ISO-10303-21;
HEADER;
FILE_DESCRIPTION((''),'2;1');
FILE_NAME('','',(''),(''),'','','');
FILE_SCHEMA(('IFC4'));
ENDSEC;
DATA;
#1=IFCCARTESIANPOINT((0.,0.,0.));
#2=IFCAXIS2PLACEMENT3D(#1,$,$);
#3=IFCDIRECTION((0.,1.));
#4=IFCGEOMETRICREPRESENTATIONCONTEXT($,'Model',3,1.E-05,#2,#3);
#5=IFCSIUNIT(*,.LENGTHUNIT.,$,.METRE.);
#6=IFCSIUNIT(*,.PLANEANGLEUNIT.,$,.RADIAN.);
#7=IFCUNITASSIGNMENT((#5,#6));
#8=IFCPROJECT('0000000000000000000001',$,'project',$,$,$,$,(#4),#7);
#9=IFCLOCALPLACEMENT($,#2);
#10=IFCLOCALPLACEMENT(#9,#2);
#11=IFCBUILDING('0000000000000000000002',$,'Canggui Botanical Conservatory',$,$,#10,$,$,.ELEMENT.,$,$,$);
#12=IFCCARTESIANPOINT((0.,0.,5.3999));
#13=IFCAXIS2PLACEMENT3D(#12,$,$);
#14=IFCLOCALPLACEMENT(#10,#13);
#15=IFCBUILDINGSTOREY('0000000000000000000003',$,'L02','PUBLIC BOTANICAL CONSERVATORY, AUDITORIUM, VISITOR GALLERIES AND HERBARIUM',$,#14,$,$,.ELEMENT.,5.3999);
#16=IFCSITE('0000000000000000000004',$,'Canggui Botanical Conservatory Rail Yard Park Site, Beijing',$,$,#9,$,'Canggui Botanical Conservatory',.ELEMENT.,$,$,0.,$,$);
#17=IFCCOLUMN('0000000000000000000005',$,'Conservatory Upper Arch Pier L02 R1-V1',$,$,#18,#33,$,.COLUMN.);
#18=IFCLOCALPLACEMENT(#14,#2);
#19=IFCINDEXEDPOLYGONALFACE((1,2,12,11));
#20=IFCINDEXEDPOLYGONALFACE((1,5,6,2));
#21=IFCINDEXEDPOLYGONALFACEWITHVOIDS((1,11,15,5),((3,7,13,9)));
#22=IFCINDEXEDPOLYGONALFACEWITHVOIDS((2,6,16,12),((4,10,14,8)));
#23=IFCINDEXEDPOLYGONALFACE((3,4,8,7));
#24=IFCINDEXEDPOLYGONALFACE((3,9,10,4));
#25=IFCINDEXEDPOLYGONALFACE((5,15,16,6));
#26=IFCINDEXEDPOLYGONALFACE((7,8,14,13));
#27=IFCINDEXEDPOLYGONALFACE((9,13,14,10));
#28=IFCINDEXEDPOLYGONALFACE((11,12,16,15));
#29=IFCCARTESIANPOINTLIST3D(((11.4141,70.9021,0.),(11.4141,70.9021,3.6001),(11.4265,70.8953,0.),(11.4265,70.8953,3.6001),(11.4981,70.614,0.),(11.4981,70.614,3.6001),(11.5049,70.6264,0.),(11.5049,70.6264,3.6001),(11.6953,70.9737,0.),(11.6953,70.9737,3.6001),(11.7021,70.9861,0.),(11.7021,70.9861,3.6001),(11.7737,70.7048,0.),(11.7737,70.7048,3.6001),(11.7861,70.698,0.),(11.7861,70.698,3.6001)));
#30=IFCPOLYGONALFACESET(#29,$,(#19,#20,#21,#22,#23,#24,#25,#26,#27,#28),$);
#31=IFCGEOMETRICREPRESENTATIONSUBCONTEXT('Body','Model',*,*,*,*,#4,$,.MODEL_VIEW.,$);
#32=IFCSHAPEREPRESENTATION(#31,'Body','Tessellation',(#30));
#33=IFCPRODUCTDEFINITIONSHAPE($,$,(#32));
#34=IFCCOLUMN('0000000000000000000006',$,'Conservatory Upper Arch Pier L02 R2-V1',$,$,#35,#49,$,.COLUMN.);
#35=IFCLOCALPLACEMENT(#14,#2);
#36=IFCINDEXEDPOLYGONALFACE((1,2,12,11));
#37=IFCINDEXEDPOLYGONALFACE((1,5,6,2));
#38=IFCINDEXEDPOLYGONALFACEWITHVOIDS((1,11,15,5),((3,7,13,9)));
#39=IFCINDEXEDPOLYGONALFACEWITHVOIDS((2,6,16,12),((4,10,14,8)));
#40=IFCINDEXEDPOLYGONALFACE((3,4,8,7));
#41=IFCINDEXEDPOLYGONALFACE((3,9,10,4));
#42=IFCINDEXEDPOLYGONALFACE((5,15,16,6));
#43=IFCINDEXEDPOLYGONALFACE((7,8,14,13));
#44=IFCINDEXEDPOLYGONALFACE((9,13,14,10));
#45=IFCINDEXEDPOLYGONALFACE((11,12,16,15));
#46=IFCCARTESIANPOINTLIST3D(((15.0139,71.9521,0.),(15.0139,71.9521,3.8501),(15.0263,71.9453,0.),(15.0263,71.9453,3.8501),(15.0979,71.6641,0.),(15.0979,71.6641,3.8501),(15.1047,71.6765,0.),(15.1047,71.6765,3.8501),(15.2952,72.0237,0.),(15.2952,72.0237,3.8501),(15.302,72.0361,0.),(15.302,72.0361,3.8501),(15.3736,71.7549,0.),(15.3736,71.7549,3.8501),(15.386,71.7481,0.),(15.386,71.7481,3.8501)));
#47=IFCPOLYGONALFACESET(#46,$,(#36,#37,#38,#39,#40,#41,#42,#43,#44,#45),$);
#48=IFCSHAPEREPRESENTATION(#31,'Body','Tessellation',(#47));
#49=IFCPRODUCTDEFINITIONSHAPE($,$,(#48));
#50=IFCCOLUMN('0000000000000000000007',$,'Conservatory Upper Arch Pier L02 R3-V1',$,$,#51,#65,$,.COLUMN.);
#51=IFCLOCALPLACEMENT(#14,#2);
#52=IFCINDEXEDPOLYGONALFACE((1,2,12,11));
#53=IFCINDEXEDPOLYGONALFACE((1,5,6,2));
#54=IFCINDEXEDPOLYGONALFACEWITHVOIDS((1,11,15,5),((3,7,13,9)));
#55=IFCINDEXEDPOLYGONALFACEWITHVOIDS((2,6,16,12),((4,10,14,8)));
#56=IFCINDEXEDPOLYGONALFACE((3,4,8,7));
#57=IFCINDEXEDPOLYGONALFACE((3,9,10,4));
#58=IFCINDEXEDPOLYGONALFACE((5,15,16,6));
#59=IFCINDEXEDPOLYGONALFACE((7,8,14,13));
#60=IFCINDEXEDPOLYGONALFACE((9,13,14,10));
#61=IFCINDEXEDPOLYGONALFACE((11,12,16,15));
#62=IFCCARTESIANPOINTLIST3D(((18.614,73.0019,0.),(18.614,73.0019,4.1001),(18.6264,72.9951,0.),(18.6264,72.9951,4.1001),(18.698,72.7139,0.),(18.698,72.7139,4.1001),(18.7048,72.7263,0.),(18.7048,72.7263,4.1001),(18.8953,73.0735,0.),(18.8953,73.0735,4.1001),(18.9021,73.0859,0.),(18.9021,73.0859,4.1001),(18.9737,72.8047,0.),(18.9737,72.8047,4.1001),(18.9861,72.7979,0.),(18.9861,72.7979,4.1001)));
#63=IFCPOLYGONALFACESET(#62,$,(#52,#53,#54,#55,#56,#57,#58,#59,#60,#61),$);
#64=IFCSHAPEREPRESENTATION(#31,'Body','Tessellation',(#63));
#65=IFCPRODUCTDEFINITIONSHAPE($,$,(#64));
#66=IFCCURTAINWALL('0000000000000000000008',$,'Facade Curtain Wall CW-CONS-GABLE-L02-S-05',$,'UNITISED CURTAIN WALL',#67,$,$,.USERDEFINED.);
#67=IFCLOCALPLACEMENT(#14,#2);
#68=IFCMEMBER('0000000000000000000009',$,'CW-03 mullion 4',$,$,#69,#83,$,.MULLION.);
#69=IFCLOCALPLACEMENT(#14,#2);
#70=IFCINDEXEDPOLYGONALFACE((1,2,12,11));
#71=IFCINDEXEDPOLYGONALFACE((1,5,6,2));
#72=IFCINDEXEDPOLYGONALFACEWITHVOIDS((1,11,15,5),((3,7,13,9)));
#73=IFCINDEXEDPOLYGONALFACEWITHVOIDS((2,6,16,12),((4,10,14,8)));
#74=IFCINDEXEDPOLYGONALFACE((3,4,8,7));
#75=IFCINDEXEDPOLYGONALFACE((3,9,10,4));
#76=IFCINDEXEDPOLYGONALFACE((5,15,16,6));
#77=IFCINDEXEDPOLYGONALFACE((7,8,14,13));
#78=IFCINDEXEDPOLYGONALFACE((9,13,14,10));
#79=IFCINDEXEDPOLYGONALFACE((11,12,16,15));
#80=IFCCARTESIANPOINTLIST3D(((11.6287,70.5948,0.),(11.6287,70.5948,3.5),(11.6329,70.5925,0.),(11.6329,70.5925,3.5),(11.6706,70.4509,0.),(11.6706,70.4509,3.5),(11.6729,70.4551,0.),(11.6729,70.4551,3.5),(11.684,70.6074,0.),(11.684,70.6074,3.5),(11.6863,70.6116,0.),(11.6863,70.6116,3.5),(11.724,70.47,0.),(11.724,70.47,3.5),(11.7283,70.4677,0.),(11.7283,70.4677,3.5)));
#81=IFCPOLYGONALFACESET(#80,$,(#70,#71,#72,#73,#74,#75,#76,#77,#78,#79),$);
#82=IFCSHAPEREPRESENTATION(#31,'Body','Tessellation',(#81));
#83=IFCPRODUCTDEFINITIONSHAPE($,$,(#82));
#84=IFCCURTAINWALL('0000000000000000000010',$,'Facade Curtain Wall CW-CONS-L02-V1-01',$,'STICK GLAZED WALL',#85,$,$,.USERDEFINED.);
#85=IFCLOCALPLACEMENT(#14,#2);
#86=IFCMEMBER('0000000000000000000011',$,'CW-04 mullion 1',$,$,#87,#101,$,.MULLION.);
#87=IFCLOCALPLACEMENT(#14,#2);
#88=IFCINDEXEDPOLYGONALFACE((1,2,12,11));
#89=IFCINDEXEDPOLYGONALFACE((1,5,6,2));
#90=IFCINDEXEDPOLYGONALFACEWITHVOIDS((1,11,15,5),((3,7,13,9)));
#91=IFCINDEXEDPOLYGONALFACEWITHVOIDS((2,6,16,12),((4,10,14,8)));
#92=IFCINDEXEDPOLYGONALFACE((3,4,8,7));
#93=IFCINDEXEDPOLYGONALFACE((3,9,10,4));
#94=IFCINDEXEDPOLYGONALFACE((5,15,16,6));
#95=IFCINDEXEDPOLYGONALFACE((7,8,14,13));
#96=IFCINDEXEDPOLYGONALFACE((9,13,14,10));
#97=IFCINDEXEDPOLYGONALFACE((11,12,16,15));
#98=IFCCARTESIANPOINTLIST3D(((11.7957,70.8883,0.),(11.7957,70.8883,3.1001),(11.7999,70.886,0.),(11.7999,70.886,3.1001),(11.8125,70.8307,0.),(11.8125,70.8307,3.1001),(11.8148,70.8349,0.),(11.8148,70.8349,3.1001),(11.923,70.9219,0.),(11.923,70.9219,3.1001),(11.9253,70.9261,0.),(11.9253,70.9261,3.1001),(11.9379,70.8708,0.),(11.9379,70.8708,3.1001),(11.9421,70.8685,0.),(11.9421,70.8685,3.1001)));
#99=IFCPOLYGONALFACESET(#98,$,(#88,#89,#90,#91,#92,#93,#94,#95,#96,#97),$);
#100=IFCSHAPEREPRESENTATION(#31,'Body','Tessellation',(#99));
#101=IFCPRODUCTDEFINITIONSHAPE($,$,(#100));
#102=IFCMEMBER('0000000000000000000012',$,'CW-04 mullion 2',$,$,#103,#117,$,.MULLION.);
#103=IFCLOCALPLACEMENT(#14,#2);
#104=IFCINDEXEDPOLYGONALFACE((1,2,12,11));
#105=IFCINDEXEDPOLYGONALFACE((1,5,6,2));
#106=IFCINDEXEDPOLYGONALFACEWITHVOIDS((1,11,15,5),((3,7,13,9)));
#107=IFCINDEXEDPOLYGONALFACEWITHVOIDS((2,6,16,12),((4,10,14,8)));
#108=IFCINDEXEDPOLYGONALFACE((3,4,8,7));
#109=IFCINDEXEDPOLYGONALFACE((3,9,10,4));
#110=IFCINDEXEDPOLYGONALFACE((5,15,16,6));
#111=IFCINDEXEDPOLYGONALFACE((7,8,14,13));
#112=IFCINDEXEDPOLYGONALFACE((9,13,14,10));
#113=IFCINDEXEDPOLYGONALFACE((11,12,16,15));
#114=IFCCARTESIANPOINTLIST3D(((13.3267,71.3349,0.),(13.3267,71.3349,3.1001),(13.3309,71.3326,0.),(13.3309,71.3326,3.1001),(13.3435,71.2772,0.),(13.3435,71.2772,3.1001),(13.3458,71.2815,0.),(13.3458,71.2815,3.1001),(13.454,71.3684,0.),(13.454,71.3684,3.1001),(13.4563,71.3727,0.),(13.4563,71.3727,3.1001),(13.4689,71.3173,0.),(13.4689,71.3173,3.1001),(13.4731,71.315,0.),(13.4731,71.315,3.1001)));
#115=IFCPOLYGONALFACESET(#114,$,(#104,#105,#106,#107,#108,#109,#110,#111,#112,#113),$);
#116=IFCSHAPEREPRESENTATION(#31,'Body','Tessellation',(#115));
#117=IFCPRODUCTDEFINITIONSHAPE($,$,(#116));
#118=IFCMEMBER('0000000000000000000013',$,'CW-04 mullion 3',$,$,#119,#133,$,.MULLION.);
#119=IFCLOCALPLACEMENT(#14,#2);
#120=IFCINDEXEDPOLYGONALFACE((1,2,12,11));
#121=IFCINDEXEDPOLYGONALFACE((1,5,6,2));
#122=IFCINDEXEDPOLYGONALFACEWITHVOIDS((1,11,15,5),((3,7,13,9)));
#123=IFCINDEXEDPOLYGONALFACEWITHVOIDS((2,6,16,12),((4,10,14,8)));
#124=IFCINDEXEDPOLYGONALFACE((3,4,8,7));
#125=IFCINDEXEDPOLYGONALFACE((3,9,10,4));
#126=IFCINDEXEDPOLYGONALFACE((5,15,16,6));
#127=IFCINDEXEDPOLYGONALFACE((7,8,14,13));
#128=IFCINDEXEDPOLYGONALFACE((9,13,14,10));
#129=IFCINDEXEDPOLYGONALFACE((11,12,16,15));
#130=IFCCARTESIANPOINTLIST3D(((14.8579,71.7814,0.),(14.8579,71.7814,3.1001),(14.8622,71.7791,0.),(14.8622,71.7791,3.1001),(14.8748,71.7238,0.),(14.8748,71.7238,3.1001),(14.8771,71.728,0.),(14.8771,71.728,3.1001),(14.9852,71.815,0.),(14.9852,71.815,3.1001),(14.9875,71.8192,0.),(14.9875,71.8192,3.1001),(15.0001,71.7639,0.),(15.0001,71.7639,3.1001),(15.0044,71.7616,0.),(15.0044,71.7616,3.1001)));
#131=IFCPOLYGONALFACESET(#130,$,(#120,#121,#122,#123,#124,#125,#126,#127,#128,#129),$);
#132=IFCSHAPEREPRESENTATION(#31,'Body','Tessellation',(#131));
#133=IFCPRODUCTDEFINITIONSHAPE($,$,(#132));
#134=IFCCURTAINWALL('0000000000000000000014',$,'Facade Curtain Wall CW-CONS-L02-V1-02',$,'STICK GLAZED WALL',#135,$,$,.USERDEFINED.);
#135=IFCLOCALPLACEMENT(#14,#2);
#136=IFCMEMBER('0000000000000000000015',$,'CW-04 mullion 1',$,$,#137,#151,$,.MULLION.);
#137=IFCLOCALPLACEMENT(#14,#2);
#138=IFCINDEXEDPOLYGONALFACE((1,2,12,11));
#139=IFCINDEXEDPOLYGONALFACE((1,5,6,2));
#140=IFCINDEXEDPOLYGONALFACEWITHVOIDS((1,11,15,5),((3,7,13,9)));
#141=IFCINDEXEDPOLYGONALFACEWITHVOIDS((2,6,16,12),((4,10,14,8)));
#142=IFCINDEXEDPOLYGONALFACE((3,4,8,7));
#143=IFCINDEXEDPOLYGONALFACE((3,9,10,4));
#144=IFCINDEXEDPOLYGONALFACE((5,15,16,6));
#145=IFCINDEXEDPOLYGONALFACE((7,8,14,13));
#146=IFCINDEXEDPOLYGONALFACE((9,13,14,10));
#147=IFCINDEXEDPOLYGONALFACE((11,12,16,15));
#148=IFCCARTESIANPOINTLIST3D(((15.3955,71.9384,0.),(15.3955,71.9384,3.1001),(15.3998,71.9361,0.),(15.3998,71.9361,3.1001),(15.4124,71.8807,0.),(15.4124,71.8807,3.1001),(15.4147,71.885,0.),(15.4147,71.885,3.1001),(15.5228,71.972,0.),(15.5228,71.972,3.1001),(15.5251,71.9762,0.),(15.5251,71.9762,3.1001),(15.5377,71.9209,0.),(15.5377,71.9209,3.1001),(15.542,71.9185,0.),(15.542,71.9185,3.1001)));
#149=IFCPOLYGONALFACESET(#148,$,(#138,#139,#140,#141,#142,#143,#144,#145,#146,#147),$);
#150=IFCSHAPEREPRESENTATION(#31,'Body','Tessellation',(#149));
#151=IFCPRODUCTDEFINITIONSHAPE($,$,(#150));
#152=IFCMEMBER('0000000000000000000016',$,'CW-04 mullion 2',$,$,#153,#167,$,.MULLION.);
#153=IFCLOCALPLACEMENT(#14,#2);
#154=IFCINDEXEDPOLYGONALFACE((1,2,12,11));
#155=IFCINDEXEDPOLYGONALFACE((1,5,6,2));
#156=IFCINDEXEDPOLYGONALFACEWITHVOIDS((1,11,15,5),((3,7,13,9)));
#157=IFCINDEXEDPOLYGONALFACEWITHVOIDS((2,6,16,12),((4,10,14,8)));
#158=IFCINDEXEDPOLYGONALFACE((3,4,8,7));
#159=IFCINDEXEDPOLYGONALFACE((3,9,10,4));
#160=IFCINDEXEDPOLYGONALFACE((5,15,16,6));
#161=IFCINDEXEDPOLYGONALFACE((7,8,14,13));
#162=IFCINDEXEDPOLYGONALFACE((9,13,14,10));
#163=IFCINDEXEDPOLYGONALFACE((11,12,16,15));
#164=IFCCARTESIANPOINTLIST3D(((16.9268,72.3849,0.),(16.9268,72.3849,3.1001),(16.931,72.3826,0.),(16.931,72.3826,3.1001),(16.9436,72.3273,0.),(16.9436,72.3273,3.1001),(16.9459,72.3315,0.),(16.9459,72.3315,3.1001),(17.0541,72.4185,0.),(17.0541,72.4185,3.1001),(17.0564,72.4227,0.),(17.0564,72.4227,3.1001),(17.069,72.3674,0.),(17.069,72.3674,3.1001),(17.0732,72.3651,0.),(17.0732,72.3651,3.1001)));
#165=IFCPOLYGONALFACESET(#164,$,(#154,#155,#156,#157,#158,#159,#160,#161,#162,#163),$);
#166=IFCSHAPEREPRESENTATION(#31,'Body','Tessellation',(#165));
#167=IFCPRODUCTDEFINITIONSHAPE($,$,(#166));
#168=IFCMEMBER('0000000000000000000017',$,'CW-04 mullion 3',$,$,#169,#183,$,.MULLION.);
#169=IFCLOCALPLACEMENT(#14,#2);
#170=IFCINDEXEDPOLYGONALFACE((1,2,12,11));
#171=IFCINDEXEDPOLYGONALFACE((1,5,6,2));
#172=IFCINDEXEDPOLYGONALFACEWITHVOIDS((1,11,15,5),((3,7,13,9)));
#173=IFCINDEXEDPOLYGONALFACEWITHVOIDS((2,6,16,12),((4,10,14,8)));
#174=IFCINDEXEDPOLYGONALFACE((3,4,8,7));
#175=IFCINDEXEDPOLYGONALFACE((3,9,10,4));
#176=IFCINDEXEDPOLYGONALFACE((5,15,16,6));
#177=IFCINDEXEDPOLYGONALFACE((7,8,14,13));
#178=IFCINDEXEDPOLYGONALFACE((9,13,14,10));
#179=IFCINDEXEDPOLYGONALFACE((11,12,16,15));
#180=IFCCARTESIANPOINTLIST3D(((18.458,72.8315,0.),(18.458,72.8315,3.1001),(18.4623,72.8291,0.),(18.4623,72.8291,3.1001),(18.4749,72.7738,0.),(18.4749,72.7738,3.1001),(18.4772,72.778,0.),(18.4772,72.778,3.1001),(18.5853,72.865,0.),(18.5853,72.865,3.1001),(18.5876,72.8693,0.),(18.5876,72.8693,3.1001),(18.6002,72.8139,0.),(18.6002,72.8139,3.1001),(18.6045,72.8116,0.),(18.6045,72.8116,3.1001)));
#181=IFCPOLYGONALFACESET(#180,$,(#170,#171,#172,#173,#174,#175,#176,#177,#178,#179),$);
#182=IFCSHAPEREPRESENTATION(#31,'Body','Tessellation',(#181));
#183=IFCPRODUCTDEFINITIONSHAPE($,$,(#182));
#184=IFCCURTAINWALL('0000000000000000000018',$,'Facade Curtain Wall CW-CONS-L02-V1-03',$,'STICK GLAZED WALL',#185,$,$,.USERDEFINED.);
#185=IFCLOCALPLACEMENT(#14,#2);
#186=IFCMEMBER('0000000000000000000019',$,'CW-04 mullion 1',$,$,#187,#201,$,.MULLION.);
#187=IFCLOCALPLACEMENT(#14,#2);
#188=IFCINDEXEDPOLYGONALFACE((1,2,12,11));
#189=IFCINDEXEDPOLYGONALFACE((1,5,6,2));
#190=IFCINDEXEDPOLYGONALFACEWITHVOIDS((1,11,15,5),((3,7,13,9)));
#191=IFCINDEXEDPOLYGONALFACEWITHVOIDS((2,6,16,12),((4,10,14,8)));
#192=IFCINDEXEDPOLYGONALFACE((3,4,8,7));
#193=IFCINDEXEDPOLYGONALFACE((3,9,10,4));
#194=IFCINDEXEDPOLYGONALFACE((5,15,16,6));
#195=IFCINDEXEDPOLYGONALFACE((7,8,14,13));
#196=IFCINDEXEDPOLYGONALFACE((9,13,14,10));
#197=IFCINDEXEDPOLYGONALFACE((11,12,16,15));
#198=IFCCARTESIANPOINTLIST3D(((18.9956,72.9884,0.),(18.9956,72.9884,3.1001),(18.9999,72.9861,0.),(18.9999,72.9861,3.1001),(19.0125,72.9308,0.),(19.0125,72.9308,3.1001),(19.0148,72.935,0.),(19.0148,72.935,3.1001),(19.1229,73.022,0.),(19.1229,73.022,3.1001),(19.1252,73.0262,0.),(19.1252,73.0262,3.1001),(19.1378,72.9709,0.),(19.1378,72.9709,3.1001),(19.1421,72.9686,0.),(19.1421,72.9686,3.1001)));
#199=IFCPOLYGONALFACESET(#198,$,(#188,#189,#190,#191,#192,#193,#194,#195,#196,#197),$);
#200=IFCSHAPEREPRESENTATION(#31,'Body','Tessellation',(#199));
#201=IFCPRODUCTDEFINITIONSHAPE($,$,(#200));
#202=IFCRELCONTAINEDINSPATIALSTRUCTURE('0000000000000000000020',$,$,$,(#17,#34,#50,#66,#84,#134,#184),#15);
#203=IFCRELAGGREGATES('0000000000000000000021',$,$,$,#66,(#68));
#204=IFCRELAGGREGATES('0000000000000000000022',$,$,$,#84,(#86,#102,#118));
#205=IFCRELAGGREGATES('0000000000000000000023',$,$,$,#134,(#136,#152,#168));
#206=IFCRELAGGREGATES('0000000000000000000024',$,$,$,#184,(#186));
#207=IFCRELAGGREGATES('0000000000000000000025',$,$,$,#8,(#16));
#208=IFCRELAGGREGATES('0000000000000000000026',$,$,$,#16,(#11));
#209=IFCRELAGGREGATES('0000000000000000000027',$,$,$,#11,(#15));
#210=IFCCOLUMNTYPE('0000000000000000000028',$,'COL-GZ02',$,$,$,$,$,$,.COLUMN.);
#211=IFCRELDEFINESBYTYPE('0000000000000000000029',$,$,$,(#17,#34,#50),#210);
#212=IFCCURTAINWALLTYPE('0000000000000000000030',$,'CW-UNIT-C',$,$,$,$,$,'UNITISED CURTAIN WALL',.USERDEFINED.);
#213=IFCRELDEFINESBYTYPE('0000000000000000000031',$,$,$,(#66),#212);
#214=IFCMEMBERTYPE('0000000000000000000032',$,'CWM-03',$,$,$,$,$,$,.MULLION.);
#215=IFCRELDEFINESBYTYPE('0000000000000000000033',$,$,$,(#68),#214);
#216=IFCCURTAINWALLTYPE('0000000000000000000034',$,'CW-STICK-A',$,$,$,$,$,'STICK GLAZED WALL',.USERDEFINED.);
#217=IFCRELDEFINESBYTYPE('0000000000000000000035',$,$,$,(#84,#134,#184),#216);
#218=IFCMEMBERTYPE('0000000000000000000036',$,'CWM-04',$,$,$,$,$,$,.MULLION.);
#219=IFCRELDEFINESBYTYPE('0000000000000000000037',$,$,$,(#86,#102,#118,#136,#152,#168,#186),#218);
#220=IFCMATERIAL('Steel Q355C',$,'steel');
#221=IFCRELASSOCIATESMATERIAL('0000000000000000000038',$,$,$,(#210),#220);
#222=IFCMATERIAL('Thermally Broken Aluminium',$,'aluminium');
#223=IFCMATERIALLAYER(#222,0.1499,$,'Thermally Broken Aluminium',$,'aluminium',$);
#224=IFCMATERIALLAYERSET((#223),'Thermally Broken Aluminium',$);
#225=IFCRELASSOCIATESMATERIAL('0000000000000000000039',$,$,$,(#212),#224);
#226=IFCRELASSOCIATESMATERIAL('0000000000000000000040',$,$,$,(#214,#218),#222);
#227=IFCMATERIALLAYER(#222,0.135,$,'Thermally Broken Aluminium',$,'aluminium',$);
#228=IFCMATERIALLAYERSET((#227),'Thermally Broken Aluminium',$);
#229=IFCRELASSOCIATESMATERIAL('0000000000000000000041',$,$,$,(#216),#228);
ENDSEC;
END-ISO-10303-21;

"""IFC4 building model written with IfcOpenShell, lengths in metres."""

from ifc_helpers import new_model, si_unit, direction, frame, origin, origin_2d, place, context, subcontext, project, spatial, hollow_rectangle, extrude, material, layer, layer_set, material_profile, profile_set, type_object, element, aggregate, save


model = new_model("IFC4")

# Units and contexts
model_context = context("Model", 3, precision=1e-05, world=origin(), true_north=direction((0.0, 1.0)))
body_context = subcontext(model_context, "Body", "Model", "MODEL_VIEW")
ifc_project = project(units=[si_unit("LENGTHUNIT", "METRE"), si_unit("PLANEANGLEUNIT", "RADIAN")], contexts=[model_context])

# Site, building, storey
site_placement = place(None, origin())
site = spatial("IfcSite", under=ifc_project, at=site_placement, Name="Canggui Botanical Conservatory Rail Yard Park Site, Beijing", LongName="Canggui Botanical Conservatory", CompositionType="ELEMENT", RefElevation=0.0)
building_placement = place(site_placement, origin())
building = spatial("IfcBuilding", under=site, at=building_placement, Name="Canggui Botanical Conservatory", CompositionType="ELEMENT")
storey_placement = place(building_placement, frame((0.0, 0.0, 5.3999)))
storey = spatial("IfcBuildingStorey", under=building, at=storey_placement, Name="L02", Description="PUBLIC BOTANICAL CONSERVATORY, AUDITORIUM, VISITOR GALLERIES AND HERBARIUM", CompositionType="ELEMENT", Elevation=5.3999)

# Columns
ifc_material_1 = material(Name="Steel Q355C", Category="steel")
ifc_material_profile_1 = material_profile(ifc_material_1, hollow_rectangle(XDim=0.3, YDim=0.3, WallThickness=0.01, at=origin_2d()), Name="SHS 300x300x10")
ifc_profile_set_1 = profile_set([ifc_material_profile_1], Name="Steel Q355C")
column_type = type_object("IfcColumnType", Name="COL-GZ02", PredefinedType="COLUMN", material=ifc_profile_set_1)
column_1_placement = place(storey_placement, frame((11.6001, 70.8, 0.0), z_axis=(0.0, 0.0, 1.0), x_axis=(0.96, 0.28, 0.0)))
element("IfcColumn", 1, at=column_1_placement, inside=storey, type_object=column_type, Name="Conservatory Upper Arch Pier L02 R1-V1", PredefinedType="COLUMN", context=body_context, shape_type="SweptSolid", body=[
    extrude(hollow_rectangle(XDim=0.3, YDim=0.3, WallThickness=0.01, at=origin_2d()), origin(), (0.0, 0.0, 1.0), 3.6001),
])
column_2_placement = place(storey_placement, frame((15.2, 71.8501, 0.0), z_axis=(0.0, 0.0, 1.0), x_axis=(0.96, 0.28, 0.0)))
element("IfcColumn", 2, at=column_2_placement, inside=storey, type_object=column_type, Name="Conservatory Upper Arch Pier L02 R2-V1", PredefinedType="COLUMN", context=body_context, shape_type="SweptSolid", body=[
    extrude(hollow_rectangle(XDim=0.3, YDim=0.3, WallThickness=0.01, at=origin_2d()), origin(), (0.0, 0.0, 1.0), 3.8501),
])
column_3_placement = place(storey_placement, frame((18.8, 72.8999, 0.0), z_axis=(0.0, 0.0, 1.0), x_axis=(0.96, 0.28, 0.0)))
element("IfcColumn", 3, at=column_3_placement, inside=storey, type_object=column_type, Name="Conservatory Upper Arch Pier L02 R3-V1", PredefinedType="COLUMN", context=body_context, shape_type="SweptSolid", body=[
    extrude(hollow_rectangle(XDim=0.3, YDim=0.3, WallThickness=0.01, at=origin_2d()), origin(), (0.0, 0.0, 1.0), 4.1001),
])

# Curtain wall, member
ifc_material_2 = material(Name="Thermally Broken Aluminium", Category="aluminium")
ifc_layer_1 = layer(ifc_material_2, 0.1499, Name="Thermally Broken Aluminium", Category="aluminium")
ifc_layer_set_1 = layer_set([ifc_layer_1], Name="Thermally Broken Aluminium")
curtain_wall_type_1 = type_object("IfcCurtainWallType", Name="CW-UNIT-C", ElementType="UNITISED CURTAIN WALL", PredefinedType="USERDEFINED", material=ifc_layer_set_1)
curtain_wall_1_placement = place(storey_placement, origin())
curtain_wall_1 = element("IfcCurtainWall", 4, at=curtain_wall_1_placement, inside=storey, type_object=curtain_wall_type_1, Name="Facade Curtain Wall CW-CONS-GABLE-L02-S-05", ObjectType="UNITISED CURTAIN WALL", PredefinedType="USERDEFINED")
ifc_material_profile_2 = material_profile(ifc_material_2, hollow_rectangle(XDim=0.0601, YDim=0.1499, WallThickness=0.0034, at=origin_2d()), Name="CWM 60x150x3.5")
ifc_profile_set_2 = profile_set([ifc_material_profile_2], Name="Thermally Broken Aluminium")
member_type_1 = type_object("IfcMemberType", Name="CWM-03", PredefinedType="MULLION", material=ifc_profile_set_2)
member_1_placement = place(storey_placement, frame((11.6785, 70.5312, 0.0), z_axis=(0.0, 0.0, 1.0), x_axis=(-0.96, -0.28, 0.0)))
member_1 = element("IfcMember", 5, at=member_1_placement, type_object=member_type_1, Name="CW-03 mullion 4", PredefinedType="MULLION", context=body_context, shape_type="SweptSolid", body=[
    extrude(hollow_rectangle(XDim=0.0601, YDim=0.1499, WallThickness=0.0034, at=origin_2d()), origin(), (0.0, 0.0, 1.0), 3.5),
])

# Curtain walls, members
ifc_layer_2 = layer(ifc_material_2, 0.135, Name="Thermally Broken Aluminium", Category="aluminium")
ifc_layer_set_2 = layer_set([ifc_layer_2], Name="Thermally Broken Aluminium")
curtain_wall_type_2 = type_object("IfcCurtainWallType", Name="CW-STICK-A", ElementType="STICK GLAZED WALL", PredefinedType="USERDEFINED", material=ifc_layer_set_2)
curtain_wall_2_placement = place(storey_placement, origin())
curtain_wall_2 = element("IfcCurtainWall", 6, at=curtain_wall_2_placement, inside=storey, type_object=curtain_wall_type_2, Name="Facade Curtain Wall CW-CONS-L02-V1-01", ObjectType="STICK GLAZED WALL", PredefinedType="USERDEFINED")
ifc_material_profile_3 = material_profile(ifc_material_2, hollow_rectangle(XDim=0.0601, YDim=0.135, WallThickness=0.0034, at=origin_2d()), Name="CWM 60x135x3.5")
ifc_profile_set_3 = profile_set([ifc_material_profile_3], Name="Thermally Broken Aluminium")
member_type_2 = type_object("IfcMemberType", Name="CWM-04", PredefinedType="MULLION", material=ifc_profile_set_3)
member_2_placement = place(storey_placement, frame((11.8689, 70.8784, 0.0), z_axis=(0.0, 0.0, 1.0), x_axis=(-0.28, 0.96, 0.0)))
member_2 = element("IfcMember", 7, at=member_2_placement, type_object=member_type_2, Name="CW-04 mullion 1", PredefinedType="MULLION", context=body_context, shape_type="SweptSolid", body=[
    extrude(hollow_rectangle(XDim=0.0601, YDim=0.135, WallThickness=0.0034, at=origin_2d()), origin(), (0.0, 0.0, 1.0), 3.1001),
])
member_3_placement = place(storey_placement, frame((13.3999, 71.325, 0.0), z_axis=(0.0, 0.0, 1.0), x_axis=(-0.28, 0.96, 0.0)))
member_3 = element("IfcMember", 8, at=member_3_placement, type_object=member_type_2, Name="CW-04 mullion 2", PredefinedType="MULLION", context=body_context, shape_type="SweptSolid", body=[
    extrude(hollow_rectangle(XDim=0.0601, YDim=0.135, WallThickness=0.0034, at=origin_2d()), origin(), (0.0, 0.0, 1.0), 3.1001),
])
member_4_placement = place(storey_placement, frame((14.9312, 71.7715, 0.0), z_axis=(0.0, 0.0, 1.0), x_axis=(-0.28, 0.96, 0.0)))
member_4 = element("IfcMember", 9, at=member_4_placement, type_object=member_type_2, Name="CW-04 mullion 3", PredefinedType="MULLION", context=body_context, shape_type="SweptSolid", body=[
    extrude(hollow_rectangle(XDim=0.0601, YDim=0.135, WallThickness=0.0034, at=origin_2d()), origin(), (0.0, 0.0, 1.0), 3.1001),
])
curtain_wall_3_placement = place(storey_placement, origin())
curtain_wall_3 = element("IfcCurtainWall", 10, at=curtain_wall_3_placement, inside=storey, type_object=curtain_wall_type_2, Name="Facade Curtain Wall CW-CONS-L02-V1-02", ObjectType="STICK GLAZED WALL", PredefinedType="USERDEFINED")
member_5_placement = place(storey_placement, frame((15.4688, 71.9285, 0.0), z_axis=(0.0, 0.0, 1.0), x_axis=(-0.28, 0.96, 0.0)))
member_5 = element("IfcMember", 11, at=member_5_placement, type_object=member_type_2, Name="CW-04 mullion 1", PredefinedType="MULLION", context=body_context, shape_type="SweptSolid", body=[
    extrude(hollow_rectangle(XDim=0.0601, YDim=0.135, WallThickness=0.0034, at=origin_2d()), origin(), (0.0, 0.0, 1.0), 3.1001),
])
member_6_placement = place(storey_placement, frame((17.0, 72.375, 0.0), z_axis=(0.0, 0.0, 1.0), x_axis=(-0.28, 0.96, 0.0)))
member_6 = element("IfcMember", 12, at=member_6_placement, type_object=member_type_2, Name="CW-04 mullion 2", PredefinedType="MULLION", context=body_context, shape_type="SweptSolid", body=[
    extrude(hollow_rectangle(XDim=0.0601, YDim=0.135, WallThickness=0.0034, at=origin_2d()), origin(), (0.0, 0.0, 1.0), 3.1001),
])
member_7_placement = place(storey_placement, frame((18.5312, 72.8215, 0.0), z_axis=(0.0, 0.0, 1.0), x_axis=(-0.28, 0.96, 0.0)))
member_7 = element("IfcMember", 13, at=member_7_placement, type_object=member_type_2, Name="CW-04 mullion 3", PredefinedType="MULLION", context=body_context, shape_type="SweptSolid", body=[
    extrude(hollow_rectangle(XDim=0.0601, YDim=0.135, WallThickness=0.0034, at=origin_2d()), origin(), (0.0, 0.0, 1.0), 3.1001),
])

# Curtain wall, member
curtain_wall_4_placement = place(storey_placement, origin())
curtain_wall_4 = element("IfcCurtainWall", 14, at=curtain_wall_4_placement, inside=storey, type_object=curtain_wall_type_2, Name="Facade Curtain Wall CW-CONS-L02-V1-03", ObjectType="STICK GLAZED WALL", PredefinedType="USERDEFINED")
member_8_placement = place(storey_placement, frame((19.0688, 72.9785, 0.0), z_axis=(0.0, 0.0, 1.0), x_axis=(-0.28, 0.96, 0.0)))
member_8 = element("IfcMember", 15, at=member_8_placement, type_object=member_type_2, Name="CW-04 mullion 1", PredefinedType="MULLION", context=body_context, shape_type="SweptSolid", body=[
    extrude(hollow_rectangle(XDim=0.0601, YDim=0.135, WallThickness=0.0034, at=origin_2d()), origin(), (0.0, 0.0, 1.0), 3.1001),
])

aggregate(curtain_wall_1, [member_1])
aggregate(curtain_wall_2, [member_2, member_3, member_4])
aggregate(curtain_wall_3, [member_5, member_6, member_7])
aggregate(curtain_wall_4, [member_8])

save(model, "model.ifc")
